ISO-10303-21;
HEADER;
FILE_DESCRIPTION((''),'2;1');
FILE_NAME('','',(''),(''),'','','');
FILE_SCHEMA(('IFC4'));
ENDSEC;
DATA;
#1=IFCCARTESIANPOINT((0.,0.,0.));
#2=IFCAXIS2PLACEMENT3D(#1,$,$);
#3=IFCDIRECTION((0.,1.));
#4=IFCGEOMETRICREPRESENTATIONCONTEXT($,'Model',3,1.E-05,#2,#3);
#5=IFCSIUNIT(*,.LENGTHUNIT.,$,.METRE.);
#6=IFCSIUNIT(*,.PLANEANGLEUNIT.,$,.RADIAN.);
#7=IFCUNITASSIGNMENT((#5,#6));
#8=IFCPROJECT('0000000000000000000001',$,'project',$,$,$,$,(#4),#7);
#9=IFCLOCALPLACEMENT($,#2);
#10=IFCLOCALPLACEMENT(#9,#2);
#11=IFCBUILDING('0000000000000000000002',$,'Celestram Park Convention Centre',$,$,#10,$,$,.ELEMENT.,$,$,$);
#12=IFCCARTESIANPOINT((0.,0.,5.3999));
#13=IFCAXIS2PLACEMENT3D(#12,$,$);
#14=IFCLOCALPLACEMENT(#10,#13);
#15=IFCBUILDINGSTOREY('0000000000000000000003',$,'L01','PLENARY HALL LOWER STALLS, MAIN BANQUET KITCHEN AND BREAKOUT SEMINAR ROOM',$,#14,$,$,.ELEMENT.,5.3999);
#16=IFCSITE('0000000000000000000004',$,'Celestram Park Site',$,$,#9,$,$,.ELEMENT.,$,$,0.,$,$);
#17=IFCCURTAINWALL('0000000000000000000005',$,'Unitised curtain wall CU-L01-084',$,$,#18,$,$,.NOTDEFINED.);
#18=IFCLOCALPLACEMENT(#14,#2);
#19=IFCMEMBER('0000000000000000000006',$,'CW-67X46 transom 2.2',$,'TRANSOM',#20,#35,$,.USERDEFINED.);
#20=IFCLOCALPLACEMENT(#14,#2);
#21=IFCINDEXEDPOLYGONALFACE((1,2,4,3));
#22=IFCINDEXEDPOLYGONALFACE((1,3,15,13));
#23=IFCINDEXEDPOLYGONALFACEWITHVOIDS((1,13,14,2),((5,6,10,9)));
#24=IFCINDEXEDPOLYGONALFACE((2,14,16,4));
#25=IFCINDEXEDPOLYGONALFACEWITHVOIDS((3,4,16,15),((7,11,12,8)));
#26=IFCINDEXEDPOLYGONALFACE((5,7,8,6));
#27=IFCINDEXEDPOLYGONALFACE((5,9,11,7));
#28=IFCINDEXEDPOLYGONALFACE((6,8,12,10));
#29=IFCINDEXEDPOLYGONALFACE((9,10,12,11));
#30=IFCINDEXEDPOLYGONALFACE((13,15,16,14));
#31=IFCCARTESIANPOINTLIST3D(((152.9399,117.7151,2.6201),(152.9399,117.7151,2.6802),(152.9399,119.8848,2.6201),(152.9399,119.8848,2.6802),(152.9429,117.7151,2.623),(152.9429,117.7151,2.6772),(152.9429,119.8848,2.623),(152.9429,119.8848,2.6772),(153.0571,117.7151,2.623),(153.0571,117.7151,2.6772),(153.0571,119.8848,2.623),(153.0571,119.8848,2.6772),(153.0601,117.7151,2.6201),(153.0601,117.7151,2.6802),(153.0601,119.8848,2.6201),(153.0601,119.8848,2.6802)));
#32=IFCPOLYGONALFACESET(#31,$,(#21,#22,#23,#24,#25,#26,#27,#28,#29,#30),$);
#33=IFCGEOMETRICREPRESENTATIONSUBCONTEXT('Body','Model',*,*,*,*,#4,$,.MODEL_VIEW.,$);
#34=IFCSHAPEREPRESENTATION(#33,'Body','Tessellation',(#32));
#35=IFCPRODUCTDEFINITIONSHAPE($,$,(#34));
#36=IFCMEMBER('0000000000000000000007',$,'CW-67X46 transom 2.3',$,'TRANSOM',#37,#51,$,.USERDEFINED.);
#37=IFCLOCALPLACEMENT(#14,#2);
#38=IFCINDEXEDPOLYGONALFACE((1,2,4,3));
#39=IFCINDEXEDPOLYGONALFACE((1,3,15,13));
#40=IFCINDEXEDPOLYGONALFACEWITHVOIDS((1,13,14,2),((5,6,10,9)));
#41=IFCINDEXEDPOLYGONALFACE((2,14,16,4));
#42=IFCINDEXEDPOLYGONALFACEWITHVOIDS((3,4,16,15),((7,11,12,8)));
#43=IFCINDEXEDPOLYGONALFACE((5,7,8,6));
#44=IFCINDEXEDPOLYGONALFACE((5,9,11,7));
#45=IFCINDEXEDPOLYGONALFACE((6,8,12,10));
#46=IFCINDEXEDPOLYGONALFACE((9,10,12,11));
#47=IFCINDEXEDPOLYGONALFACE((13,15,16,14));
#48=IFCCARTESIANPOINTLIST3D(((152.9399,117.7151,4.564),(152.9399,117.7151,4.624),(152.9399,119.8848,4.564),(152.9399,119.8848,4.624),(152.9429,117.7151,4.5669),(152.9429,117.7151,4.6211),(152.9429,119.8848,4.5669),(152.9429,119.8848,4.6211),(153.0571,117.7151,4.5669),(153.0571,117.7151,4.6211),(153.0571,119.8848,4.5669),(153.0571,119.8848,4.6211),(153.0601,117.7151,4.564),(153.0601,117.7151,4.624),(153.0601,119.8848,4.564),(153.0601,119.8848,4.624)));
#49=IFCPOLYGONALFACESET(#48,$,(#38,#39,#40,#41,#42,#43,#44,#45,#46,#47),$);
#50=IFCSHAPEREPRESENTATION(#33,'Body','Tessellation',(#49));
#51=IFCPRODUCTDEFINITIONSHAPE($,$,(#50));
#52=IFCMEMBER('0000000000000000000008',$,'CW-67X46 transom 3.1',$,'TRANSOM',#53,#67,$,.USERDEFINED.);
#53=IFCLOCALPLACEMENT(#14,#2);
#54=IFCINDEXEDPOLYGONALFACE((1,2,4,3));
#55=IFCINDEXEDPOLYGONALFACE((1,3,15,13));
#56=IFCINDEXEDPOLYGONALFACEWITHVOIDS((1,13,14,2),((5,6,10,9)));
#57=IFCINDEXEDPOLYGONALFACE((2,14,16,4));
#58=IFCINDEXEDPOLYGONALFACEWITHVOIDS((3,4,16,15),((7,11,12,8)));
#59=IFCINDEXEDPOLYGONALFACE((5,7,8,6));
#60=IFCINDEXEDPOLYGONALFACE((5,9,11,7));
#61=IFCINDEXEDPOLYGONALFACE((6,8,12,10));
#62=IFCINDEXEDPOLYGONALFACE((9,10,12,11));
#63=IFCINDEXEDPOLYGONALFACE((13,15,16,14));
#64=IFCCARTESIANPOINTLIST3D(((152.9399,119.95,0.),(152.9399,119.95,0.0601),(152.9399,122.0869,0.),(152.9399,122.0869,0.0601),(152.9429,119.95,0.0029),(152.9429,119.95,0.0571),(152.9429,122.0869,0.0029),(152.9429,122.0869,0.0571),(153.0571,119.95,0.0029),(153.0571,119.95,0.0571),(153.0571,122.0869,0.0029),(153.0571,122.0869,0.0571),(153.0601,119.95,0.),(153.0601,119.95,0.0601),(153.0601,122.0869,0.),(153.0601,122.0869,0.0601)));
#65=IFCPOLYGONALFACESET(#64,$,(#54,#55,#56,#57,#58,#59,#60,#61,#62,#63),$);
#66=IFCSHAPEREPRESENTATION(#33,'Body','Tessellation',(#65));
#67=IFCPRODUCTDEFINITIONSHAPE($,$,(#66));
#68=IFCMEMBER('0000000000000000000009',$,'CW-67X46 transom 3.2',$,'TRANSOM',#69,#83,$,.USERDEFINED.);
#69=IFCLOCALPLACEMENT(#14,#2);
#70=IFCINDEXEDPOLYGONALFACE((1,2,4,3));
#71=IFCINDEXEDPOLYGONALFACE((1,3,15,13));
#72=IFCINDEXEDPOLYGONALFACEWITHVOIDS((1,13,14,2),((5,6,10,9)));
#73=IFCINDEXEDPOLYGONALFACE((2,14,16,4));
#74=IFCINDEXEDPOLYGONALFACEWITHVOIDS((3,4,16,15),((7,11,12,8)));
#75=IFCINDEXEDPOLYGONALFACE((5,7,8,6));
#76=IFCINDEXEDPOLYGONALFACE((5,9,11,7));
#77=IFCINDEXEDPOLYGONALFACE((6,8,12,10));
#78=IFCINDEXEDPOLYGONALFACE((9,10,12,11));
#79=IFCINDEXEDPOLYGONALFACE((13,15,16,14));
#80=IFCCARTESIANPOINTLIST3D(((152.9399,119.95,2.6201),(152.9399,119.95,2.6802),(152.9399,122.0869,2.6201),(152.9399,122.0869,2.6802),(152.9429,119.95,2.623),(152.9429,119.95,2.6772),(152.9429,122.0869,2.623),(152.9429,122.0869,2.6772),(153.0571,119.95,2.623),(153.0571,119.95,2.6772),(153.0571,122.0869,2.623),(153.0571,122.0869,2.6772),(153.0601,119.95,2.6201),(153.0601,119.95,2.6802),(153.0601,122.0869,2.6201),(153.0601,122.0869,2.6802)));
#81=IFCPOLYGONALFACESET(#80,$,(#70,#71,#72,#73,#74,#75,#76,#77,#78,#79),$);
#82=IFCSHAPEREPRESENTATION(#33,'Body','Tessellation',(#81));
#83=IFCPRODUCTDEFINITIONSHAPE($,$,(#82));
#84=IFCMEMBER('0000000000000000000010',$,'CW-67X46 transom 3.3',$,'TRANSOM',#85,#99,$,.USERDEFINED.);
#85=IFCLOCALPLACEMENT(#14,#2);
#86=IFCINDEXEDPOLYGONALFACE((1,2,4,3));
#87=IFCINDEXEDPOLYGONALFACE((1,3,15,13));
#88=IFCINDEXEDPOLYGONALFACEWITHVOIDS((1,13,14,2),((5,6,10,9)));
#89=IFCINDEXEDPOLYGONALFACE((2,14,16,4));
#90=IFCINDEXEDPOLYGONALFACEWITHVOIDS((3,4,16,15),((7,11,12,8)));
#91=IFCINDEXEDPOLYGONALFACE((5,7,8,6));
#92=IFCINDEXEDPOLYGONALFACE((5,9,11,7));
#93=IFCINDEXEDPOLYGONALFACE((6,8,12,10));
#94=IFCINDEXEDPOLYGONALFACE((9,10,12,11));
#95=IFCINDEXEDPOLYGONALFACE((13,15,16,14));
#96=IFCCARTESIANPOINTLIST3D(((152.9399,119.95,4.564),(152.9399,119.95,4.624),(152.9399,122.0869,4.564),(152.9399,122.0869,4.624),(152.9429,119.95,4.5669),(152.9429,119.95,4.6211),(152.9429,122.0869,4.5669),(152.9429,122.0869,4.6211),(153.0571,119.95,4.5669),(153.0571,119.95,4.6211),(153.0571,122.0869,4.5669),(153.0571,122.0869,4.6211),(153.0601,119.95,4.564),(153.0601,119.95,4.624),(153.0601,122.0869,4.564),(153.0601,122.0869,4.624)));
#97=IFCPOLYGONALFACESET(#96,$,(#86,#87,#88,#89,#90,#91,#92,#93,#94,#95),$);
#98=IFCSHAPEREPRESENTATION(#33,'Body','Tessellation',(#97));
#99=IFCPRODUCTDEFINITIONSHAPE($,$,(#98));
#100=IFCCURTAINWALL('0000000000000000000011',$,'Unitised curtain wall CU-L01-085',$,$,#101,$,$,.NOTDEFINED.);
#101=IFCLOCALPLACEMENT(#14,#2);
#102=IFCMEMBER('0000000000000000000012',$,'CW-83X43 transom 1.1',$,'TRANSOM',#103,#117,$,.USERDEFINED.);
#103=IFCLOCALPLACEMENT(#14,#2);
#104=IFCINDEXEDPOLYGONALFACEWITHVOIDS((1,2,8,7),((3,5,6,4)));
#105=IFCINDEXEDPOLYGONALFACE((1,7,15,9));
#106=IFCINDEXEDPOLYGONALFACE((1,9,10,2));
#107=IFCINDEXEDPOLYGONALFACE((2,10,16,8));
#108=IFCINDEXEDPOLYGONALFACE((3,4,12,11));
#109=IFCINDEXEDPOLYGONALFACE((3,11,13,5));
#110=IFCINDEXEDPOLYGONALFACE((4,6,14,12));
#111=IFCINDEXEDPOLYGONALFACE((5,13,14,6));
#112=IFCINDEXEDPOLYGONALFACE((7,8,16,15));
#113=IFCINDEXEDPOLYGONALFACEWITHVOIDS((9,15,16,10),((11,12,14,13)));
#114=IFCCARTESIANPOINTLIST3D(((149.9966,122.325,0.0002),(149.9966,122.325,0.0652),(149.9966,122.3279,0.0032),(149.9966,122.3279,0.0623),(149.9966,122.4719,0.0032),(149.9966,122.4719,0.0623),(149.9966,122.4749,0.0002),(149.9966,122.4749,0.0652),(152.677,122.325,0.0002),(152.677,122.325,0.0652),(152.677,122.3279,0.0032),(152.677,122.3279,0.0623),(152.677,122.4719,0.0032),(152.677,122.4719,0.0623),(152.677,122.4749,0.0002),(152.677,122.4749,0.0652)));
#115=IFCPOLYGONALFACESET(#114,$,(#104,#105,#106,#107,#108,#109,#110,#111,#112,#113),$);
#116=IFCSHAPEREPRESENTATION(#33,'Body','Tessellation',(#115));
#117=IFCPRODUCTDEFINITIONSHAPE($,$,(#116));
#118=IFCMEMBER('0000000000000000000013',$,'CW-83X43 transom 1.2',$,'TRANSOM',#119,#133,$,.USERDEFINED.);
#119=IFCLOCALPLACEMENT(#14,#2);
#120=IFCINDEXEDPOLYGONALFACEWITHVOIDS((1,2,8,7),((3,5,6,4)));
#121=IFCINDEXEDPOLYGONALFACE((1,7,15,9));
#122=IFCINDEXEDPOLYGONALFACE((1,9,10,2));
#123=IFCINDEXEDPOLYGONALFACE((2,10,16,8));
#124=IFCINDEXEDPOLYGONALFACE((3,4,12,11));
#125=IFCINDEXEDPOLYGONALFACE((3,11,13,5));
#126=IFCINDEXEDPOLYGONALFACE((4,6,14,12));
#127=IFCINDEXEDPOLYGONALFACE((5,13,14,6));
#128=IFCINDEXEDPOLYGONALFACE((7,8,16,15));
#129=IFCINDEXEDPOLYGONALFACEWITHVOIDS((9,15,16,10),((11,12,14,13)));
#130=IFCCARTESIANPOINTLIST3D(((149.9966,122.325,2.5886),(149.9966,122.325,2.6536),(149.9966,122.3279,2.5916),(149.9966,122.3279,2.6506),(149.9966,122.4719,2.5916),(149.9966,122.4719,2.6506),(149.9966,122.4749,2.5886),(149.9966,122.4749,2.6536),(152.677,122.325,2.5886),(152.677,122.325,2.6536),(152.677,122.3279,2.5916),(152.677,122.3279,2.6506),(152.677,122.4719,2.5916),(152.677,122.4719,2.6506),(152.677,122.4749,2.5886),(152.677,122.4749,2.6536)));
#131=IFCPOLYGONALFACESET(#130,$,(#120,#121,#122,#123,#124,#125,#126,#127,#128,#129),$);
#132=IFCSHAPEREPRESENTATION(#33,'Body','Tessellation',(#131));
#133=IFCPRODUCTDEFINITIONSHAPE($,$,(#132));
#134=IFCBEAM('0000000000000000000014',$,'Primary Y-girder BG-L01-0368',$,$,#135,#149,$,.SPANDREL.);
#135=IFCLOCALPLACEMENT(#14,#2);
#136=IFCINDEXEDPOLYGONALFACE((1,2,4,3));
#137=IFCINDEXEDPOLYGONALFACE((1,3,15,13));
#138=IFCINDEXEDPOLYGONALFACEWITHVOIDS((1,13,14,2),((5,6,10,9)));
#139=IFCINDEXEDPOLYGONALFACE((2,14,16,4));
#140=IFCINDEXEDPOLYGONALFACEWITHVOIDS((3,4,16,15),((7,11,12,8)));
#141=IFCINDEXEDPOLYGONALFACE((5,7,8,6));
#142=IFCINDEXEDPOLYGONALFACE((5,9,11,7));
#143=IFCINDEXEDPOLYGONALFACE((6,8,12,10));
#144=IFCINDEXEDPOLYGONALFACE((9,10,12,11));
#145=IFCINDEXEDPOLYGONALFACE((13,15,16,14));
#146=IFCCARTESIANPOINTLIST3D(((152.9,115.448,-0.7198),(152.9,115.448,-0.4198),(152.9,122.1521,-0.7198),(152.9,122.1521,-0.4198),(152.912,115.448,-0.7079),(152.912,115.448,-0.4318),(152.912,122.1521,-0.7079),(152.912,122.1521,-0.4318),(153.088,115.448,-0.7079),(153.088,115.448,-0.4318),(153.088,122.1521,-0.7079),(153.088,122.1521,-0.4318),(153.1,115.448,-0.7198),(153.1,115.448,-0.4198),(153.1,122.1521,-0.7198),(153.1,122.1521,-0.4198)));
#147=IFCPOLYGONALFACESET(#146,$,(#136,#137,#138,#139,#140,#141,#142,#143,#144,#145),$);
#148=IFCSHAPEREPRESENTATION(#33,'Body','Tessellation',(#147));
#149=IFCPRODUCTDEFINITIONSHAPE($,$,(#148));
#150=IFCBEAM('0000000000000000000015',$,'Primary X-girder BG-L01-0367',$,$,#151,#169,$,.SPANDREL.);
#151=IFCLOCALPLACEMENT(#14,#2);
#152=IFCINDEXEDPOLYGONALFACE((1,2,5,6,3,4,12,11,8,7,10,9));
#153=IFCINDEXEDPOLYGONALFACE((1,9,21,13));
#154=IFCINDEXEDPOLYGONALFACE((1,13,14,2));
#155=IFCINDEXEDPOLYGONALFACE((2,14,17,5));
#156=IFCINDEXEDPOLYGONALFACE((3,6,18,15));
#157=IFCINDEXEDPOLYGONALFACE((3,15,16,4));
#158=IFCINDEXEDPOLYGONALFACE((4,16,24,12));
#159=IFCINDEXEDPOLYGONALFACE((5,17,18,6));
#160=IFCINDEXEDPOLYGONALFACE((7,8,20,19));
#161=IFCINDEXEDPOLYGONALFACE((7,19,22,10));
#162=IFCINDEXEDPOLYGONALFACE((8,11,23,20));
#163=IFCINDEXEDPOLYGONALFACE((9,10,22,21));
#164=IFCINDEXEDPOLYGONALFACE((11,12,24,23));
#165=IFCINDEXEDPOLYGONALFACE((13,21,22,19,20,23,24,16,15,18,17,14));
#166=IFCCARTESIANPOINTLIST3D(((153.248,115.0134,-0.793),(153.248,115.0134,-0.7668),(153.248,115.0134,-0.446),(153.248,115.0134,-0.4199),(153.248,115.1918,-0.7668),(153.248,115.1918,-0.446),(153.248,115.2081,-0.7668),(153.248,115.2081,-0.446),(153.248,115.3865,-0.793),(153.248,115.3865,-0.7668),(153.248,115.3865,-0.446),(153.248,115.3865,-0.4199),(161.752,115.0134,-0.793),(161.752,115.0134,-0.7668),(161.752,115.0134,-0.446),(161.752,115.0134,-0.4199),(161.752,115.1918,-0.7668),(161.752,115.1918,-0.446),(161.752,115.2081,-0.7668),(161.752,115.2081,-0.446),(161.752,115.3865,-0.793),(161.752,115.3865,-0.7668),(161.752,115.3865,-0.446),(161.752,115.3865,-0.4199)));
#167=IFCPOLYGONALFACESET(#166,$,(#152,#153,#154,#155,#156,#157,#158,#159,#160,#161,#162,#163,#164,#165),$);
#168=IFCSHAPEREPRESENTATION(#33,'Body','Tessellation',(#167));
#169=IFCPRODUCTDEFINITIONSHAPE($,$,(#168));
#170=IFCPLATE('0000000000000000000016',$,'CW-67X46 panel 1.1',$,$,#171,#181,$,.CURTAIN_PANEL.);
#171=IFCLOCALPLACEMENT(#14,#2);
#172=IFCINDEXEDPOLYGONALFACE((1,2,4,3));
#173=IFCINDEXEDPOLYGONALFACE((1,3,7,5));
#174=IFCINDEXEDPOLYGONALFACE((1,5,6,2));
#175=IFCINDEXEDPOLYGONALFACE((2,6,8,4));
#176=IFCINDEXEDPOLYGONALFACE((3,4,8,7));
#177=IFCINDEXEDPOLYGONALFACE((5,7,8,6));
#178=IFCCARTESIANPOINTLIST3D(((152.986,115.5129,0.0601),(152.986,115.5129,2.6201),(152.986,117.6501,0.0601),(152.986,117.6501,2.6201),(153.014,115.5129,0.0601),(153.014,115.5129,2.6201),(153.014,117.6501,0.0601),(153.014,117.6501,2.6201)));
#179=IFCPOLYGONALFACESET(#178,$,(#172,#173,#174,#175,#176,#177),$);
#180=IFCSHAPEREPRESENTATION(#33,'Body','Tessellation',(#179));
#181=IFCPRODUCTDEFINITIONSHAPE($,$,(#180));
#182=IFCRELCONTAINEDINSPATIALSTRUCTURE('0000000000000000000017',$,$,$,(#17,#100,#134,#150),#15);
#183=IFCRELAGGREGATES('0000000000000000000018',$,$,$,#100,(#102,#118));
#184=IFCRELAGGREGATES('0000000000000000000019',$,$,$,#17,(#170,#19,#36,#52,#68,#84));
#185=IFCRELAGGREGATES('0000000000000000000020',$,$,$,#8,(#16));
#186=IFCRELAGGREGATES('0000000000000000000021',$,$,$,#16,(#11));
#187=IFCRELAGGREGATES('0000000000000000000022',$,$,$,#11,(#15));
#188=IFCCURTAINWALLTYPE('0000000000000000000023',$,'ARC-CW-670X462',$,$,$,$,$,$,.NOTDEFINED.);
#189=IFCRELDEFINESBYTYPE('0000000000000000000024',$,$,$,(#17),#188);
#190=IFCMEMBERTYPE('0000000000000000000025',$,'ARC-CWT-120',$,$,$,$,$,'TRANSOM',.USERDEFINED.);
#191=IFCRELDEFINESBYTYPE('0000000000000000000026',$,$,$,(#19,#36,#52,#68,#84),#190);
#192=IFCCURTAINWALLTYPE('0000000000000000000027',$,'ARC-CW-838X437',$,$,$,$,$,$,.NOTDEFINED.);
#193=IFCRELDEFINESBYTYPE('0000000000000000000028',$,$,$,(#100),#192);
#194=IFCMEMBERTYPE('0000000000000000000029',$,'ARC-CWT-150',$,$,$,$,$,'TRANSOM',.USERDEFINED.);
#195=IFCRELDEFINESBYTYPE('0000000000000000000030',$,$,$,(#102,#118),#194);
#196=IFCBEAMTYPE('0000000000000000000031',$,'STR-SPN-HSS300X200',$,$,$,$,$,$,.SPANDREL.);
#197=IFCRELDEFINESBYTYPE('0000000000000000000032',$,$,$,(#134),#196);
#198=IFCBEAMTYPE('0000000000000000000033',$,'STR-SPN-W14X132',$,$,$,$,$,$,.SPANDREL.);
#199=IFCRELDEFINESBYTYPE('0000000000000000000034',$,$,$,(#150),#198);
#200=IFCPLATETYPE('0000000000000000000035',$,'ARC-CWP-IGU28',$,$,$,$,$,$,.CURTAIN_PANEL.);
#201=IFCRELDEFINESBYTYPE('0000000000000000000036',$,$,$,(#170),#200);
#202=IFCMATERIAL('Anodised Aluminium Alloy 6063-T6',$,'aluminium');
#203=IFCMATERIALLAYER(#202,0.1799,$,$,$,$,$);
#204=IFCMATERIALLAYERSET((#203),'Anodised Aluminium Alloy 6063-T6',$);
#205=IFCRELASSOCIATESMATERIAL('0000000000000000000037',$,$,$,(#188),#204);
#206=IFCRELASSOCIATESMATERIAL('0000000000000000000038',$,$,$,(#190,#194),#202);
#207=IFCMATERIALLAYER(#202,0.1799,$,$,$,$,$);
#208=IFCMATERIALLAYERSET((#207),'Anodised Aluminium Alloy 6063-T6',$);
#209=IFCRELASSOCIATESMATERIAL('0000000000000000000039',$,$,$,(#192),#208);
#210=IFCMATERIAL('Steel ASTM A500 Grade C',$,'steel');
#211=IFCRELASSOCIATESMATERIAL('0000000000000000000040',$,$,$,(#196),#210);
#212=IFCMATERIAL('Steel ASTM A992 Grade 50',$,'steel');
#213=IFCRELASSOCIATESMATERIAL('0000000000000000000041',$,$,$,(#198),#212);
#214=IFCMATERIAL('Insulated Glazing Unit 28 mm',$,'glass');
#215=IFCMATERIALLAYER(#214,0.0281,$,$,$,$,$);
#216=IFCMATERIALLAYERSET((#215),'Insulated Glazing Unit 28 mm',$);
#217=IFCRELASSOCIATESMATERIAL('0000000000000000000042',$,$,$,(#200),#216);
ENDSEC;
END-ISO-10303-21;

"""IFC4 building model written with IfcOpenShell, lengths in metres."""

from ifc_helpers import new_model, si_unit, direction, frame, origin, origin_2d, place, context, subcontext, project, spatial, rectangle, hollow_rectangle, i_section, extrude, material, layer, layer_set, material_profile, profile_set, type_object, element, aggregate, save


model = new_model("IFC4")

# Units and contexts
model_context = context("Model", 3, precision=1e-05, world=origin(), true_north=direction((0.0, 1.0)))
body_context = subcontext(model_context, "Body", "Model", "MODEL_VIEW")
ifc_project = project(units=[si_unit("LENGTHUNIT", "METRE"), si_unit("PLANEANGLEUNIT", "RADIAN")], contexts=[model_context])

# Site, building, storey
site_placement = place(None, origin())
site = spatial("IfcSite", under=ifc_project, at=site_placement, Name="Celestram Park Site", CompositionType="ELEMENT", RefElevation=0.0)
building_placement = place(site_placement, origin())
building = spatial("IfcBuilding", under=site, at=building_placement, Name="Celestram Park Convention Centre", CompositionType="ELEMENT")
storey_placement = place(building_placement, frame((0.0, 0.0, 5.3999)))
storey = spatial("IfcBuildingStorey", under=building, at=storey_placement, Name="L01", Description="PLENARY HALL LOWER STALLS, MAIN BANQUET KITCHEN AND BREAKOUT SEMINAR ROOM", CompositionType="ELEMENT", Elevation=5.3999)

# Shared definitions
ifc_material_1 = material(Name="Steel ASTM A500 Grade C", Category="steel")

# Curtain wall
ifc_material_2 = material(Name="Anodised Aluminium Alloy 6063-T6", Category="aluminium")
ifc_layer_1 = layer(ifc_material_2, 0.1799)
ifc_layer_set_1 = layer_set([ifc_layer_1], Name="Anodised Aluminium Alloy 6063-T6")
curtain_wall_type_1 = type_object("IfcCurtainWallType", Name="ARC-CW-670X462", PredefinedType="NOTDEFINED", material=ifc_layer_set_1)
curtain_wall_1_placement = place(storey_placement, origin())
curtain_wall_1 = element("IfcCurtainWall", 1, at=curtain_wall_1_placement, inside=storey, type_object=curtain_wall_type_1, Name="Unitised curtain wall CU-L01-084", PredefinedType="NOTDEFINED")

# Members
ifc_material_profile_1 = material_profile(ifc_material_2, hollow_rectangle(XDim=0.1201, YDim=0.0601, WallThickness=0.0029, at=origin_2d()), Name="ALU120X60X3")
ifc_profile_set_1 = profile_set([ifc_material_profile_1], Name="Anodised Aluminium Alloy 6063-T6")
member_type_1 = type_object("IfcMemberType", Name="ARC-CWT-120", ElementType="TRANSOM", PredefinedType="USERDEFINED", material=ifc_profile_set_1)
member_1_placement = place(storey_placement, frame((153.0, 117.7151, 2.6501), z_axis=(0.0, 1.0, 0.0), x_axis=(-1.0, 0.0, 0.0)))
member_1 = element("IfcMember", 2, at=member_1_placement, type_object=member_type_1, Name="CW-67X46 transom 2.2", ObjectType="TRANSOM", PredefinedType="USERDEFINED", context=body_context, shape_type="SweptSolid", body=[
    extrude(hollow_rectangle(XDim=0.1201, YDim=0.0601, WallThickness=0.0029, at=origin_2d()), origin(), (0.0, 0.0, 1.0), 2.1697),
])
member_2_placement = place(storey_placement, frame((153.0, 117.7151, 4.594), z_axis=(0.0, 1.0, 0.0), x_axis=(-1.0, 0.0, 0.0)))
member_2 = element("IfcMember", 3, at=member_2_placement, type_object=member_type_1, Name="CW-67X46 transom 2.3", ObjectType="TRANSOM", PredefinedType="USERDEFINED", context=body_context, shape_type="SweptSolid", body=[
    extrude(hollow_rectangle(XDim=0.1201, YDim=0.0601, WallThickness=0.0029, at=origin_2d()), origin(), (0.0, 0.0, 1.0), 2.1697),
])
member_3_placement = place(storey_placement, frame((153.0, 119.95, 0.03), z_axis=(0.0, 1.0, 0.0), x_axis=(-1.0, 0.0, 0.0)))
member_3 = element("IfcMember", 4, at=member_3_placement, type_object=member_type_1, Name="CW-67X46 transom 3.1", ObjectType="TRANSOM", PredefinedType="USERDEFINED", context=body_context, shape_type="SweptSolid", body=[
    extrude(hollow_rectangle(XDim=0.1201, YDim=0.0601, WallThickness=0.0029, at=origin_2d()), origin(), (0.0, 0.0, 1.0), 2.137),
])
member_4_placement = place(storey_placement, frame((153.0, 119.95, 2.6501), z_axis=(0.0, 1.0, 0.0), x_axis=(-1.0, 0.0, 0.0)))
member_4 = element("IfcMember", 5, at=member_4_placement, type_object=member_type_1, Name="CW-67X46 transom 3.2", ObjectType="TRANSOM", PredefinedType="USERDEFINED", context=body_context, shape_type="SweptSolid", body=[
    extrude(hollow_rectangle(XDim=0.1201, YDim=0.0601, WallThickness=0.0029, at=origin_2d()), origin(), (0.0, 0.0, 1.0), 2.137),
])
member_5_placement = place(storey_placement, frame((153.0, 119.95, 4.594), z_axis=(0.0, 1.0, 0.0), x_axis=(-1.0, 0.0, 0.0)))
member_5 = element("IfcMember", 6, at=member_5_placement, type_object=member_type_1, Name="CW-67X46 transom 3.3", ObjectType="TRANSOM", PredefinedType="USERDEFINED", context=body_context, shape_type="SweptSolid", body=[
    extrude(hollow_rectangle(XDim=0.1201, YDim=0.0601, WallThickness=0.0029, at=origin_2d()), origin(), (0.0, 0.0, 1.0), 2.137),
])

# Curtain wall, members
ifc_layer_2 = layer(ifc_material_2, 0.1799)
ifc_layer_set_2 = layer_set([ifc_layer_2], Name="Anodised Aluminium Alloy 6063-T6")
curtain_wall_type_2 = type_object("IfcCurtainWallType", Name="ARC-CW-838X437", PredefinedType="NOTDEFINED", material=ifc_layer_set_2)
curtain_wall_2_placement = place(storey_placement, origin())
curtain_wall_2 = element("IfcCurtainWall", 7, at=curtain_wall_2_placement, inside=storey, type_object=curtain_wall_type_2, Name="Unitised curtain wall CU-L01-085", PredefinedType="NOTDEFINED")
ifc_material_profile_2 = material_profile(ifc_material_2, hollow_rectangle(XDim=0.1499, YDim=0.0649, WallThickness=0.0029, at=origin_2d()), Name="ALU150X65X3")
ifc_profile_set_2 = profile_set([ifc_material_profile_2], Name="Anodised Aluminium Alloy 6063-T6")
member_type_2 = type_object("IfcMemberType", Name="ARC-CWT-150", ElementType="TRANSOM", PredefinedType="USERDEFINED", material=ifc_profile_set_2)
member_6_placement = place(storey_placement, frame((152.677, 122.3999, 0.0327), z_axis=(-1.0, 0.0, 0.0), x_axis=(0.0, -1.0, 0.0)))
member_6 = element("IfcMember", 8, at=member_6_placement, type_object=member_type_2, Name="CW-83X43 transom 1.1", ObjectType="TRANSOM", PredefinedType="USERDEFINED", context=body_context, shape_type="SweptSolid", body=[
    extrude(hollow_rectangle(XDim=0.1499, YDim=0.0649, WallThickness=0.0029, at=origin_2d()), origin(), (0.0, 0.0, 1.0), 2.6804),
])
member_7_placement = place(storey_placement, frame((152.677, 122.3999, 2.6211), z_axis=(-1.0, 0.0, 0.0), x_axis=(0.0, -1.0, 0.0)))
member_7 = element("IfcMember", 9, at=member_7_placement, type_object=member_type_2, Name="CW-83X43 transom 1.2", ObjectType="TRANSOM", PredefinedType="USERDEFINED", context=body_context, shape_type="SweptSolid", body=[
    extrude(hollow_rectangle(XDim=0.1499, YDim=0.0649, WallThickness=0.0029, at=origin_2d()), origin(), (0.0, 0.0, 1.0), 2.6804),
])
aggregate(curtain_wall_2, [member_6, member_7])

# Beams
ifc_material_profile_3 = material_profile(ifc_material_1, hollow_rectangle(XDim=0.2, YDim=0.3, WallThickness=0.012, at=origin_2d()), Name="HSS300X200X12")
ifc_profile_set_3 = profile_set([ifc_material_profile_3], Name="Steel ASTM A500 Grade C")
beam_type_1 = type_object("IfcBeamType", Name="STR-SPN-HSS300X200", PredefinedType="SPANDREL", material=ifc_profile_set_3)
beam_1_placement = place(storey_placement, frame((153.0, 115.448, -0.5698), z_axis=(0.0, 1.0, 0.0), x_axis=(-1.0, 0.0, 0.0)))
element("IfcBeam", 10, at=beam_1_placement, inside=storey, type_object=beam_type_1, Name="Primary Y-girder BG-L01-0368", PredefinedType="SPANDREL", context=body_context, shape_type="SweptSolid", body=[
    extrude(hollow_rectangle(XDim=0.2, YDim=0.3, WallThickness=0.012, at=origin_2d()), origin(), (0.0, 0.0, 1.0), 6.7041),
])
ifc_material_3 = material(Name="Steel ASTM A992 Grade 50", Category="steel")
ifc_material_profile_4 = material_profile(ifc_material_3, i_section(OverallWidth=0.373, OverallDepth=0.373, WebThickness=0.0164, FlangeThickness=0.0261, at=origin_2d()), Name="W14X132")
ifc_profile_set_4 = profile_set([ifc_material_profile_4], Name="Steel ASTM A992 Grade 50")
beam_type_2 = type_object("IfcBeamType", Name="STR-SPN-W14X132", PredefinedType="SPANDREL", material=ifc_profile_set_4)
beam_2_placement = place(storey_placement, frame((153.248, 115.2, -0.6064), z_axis=(1.0, 0.0, 0.0), x_axis=(0.0, 1.0, 0.0)))
element("IfcBeam", 11, at=beam_2_placement, inside=storey, type_object=beam_type_2, Name="Primary X-girder BG-L01-0367", PredefinedType="SPANDREL", context=body_context, shape_type="SweptSolid", body=[
    extrude(i_section(OverallWidth=0.373, OverallDepth=0.373, WebThickness=0.0164, FlangeThickness=0.0261, at=origin_2d()), origin(), (0.0, 0.0, 1.0), 8.5039),
])

# Plate
ifc_material_4 = material(Name="Insulated Glazing Unit 28 mm", Category="glass")
ifc_layer_3 = layer(ifc_material_4, 0.0281)
ifc_layer_set_3 = layer_set([ifc_layer_3], Name="Insulated Glazing Unit 28 mm")
plate_type_1 = type_object("IfcPlateType", Name="ARC-CWP-IGU28", PredefinedType="CURTAIN_PANEL", material=ifc_layer_set_3)
plate_1_placement = place(storey_placement, frame((153.0, 116.5815, 0.0601), z_axis=(0.0, 0.0, 1.0), x_axis=(0.0, 1.0, 0.0)))
plate_1 = element("IfcPlate", 12, at=plate_1_placement, type_object=plate_type_1, Name="CW-67X46 panel 1.1", PredefinedType="CURTAIN_PANEL", context=body_context, shape_type="SweptSolid", body=[
    extrude(rectangle(XDim=2.1372, YDim=0.0281, at=origin_2d()), origin(), (0.0, 0.0, 1.0), 2.5601),
])
aggregate(curtain_wall_1, [plate_1, member_1, member_2, member_3, member_4, member_5])

save(model, "model.ifc")
